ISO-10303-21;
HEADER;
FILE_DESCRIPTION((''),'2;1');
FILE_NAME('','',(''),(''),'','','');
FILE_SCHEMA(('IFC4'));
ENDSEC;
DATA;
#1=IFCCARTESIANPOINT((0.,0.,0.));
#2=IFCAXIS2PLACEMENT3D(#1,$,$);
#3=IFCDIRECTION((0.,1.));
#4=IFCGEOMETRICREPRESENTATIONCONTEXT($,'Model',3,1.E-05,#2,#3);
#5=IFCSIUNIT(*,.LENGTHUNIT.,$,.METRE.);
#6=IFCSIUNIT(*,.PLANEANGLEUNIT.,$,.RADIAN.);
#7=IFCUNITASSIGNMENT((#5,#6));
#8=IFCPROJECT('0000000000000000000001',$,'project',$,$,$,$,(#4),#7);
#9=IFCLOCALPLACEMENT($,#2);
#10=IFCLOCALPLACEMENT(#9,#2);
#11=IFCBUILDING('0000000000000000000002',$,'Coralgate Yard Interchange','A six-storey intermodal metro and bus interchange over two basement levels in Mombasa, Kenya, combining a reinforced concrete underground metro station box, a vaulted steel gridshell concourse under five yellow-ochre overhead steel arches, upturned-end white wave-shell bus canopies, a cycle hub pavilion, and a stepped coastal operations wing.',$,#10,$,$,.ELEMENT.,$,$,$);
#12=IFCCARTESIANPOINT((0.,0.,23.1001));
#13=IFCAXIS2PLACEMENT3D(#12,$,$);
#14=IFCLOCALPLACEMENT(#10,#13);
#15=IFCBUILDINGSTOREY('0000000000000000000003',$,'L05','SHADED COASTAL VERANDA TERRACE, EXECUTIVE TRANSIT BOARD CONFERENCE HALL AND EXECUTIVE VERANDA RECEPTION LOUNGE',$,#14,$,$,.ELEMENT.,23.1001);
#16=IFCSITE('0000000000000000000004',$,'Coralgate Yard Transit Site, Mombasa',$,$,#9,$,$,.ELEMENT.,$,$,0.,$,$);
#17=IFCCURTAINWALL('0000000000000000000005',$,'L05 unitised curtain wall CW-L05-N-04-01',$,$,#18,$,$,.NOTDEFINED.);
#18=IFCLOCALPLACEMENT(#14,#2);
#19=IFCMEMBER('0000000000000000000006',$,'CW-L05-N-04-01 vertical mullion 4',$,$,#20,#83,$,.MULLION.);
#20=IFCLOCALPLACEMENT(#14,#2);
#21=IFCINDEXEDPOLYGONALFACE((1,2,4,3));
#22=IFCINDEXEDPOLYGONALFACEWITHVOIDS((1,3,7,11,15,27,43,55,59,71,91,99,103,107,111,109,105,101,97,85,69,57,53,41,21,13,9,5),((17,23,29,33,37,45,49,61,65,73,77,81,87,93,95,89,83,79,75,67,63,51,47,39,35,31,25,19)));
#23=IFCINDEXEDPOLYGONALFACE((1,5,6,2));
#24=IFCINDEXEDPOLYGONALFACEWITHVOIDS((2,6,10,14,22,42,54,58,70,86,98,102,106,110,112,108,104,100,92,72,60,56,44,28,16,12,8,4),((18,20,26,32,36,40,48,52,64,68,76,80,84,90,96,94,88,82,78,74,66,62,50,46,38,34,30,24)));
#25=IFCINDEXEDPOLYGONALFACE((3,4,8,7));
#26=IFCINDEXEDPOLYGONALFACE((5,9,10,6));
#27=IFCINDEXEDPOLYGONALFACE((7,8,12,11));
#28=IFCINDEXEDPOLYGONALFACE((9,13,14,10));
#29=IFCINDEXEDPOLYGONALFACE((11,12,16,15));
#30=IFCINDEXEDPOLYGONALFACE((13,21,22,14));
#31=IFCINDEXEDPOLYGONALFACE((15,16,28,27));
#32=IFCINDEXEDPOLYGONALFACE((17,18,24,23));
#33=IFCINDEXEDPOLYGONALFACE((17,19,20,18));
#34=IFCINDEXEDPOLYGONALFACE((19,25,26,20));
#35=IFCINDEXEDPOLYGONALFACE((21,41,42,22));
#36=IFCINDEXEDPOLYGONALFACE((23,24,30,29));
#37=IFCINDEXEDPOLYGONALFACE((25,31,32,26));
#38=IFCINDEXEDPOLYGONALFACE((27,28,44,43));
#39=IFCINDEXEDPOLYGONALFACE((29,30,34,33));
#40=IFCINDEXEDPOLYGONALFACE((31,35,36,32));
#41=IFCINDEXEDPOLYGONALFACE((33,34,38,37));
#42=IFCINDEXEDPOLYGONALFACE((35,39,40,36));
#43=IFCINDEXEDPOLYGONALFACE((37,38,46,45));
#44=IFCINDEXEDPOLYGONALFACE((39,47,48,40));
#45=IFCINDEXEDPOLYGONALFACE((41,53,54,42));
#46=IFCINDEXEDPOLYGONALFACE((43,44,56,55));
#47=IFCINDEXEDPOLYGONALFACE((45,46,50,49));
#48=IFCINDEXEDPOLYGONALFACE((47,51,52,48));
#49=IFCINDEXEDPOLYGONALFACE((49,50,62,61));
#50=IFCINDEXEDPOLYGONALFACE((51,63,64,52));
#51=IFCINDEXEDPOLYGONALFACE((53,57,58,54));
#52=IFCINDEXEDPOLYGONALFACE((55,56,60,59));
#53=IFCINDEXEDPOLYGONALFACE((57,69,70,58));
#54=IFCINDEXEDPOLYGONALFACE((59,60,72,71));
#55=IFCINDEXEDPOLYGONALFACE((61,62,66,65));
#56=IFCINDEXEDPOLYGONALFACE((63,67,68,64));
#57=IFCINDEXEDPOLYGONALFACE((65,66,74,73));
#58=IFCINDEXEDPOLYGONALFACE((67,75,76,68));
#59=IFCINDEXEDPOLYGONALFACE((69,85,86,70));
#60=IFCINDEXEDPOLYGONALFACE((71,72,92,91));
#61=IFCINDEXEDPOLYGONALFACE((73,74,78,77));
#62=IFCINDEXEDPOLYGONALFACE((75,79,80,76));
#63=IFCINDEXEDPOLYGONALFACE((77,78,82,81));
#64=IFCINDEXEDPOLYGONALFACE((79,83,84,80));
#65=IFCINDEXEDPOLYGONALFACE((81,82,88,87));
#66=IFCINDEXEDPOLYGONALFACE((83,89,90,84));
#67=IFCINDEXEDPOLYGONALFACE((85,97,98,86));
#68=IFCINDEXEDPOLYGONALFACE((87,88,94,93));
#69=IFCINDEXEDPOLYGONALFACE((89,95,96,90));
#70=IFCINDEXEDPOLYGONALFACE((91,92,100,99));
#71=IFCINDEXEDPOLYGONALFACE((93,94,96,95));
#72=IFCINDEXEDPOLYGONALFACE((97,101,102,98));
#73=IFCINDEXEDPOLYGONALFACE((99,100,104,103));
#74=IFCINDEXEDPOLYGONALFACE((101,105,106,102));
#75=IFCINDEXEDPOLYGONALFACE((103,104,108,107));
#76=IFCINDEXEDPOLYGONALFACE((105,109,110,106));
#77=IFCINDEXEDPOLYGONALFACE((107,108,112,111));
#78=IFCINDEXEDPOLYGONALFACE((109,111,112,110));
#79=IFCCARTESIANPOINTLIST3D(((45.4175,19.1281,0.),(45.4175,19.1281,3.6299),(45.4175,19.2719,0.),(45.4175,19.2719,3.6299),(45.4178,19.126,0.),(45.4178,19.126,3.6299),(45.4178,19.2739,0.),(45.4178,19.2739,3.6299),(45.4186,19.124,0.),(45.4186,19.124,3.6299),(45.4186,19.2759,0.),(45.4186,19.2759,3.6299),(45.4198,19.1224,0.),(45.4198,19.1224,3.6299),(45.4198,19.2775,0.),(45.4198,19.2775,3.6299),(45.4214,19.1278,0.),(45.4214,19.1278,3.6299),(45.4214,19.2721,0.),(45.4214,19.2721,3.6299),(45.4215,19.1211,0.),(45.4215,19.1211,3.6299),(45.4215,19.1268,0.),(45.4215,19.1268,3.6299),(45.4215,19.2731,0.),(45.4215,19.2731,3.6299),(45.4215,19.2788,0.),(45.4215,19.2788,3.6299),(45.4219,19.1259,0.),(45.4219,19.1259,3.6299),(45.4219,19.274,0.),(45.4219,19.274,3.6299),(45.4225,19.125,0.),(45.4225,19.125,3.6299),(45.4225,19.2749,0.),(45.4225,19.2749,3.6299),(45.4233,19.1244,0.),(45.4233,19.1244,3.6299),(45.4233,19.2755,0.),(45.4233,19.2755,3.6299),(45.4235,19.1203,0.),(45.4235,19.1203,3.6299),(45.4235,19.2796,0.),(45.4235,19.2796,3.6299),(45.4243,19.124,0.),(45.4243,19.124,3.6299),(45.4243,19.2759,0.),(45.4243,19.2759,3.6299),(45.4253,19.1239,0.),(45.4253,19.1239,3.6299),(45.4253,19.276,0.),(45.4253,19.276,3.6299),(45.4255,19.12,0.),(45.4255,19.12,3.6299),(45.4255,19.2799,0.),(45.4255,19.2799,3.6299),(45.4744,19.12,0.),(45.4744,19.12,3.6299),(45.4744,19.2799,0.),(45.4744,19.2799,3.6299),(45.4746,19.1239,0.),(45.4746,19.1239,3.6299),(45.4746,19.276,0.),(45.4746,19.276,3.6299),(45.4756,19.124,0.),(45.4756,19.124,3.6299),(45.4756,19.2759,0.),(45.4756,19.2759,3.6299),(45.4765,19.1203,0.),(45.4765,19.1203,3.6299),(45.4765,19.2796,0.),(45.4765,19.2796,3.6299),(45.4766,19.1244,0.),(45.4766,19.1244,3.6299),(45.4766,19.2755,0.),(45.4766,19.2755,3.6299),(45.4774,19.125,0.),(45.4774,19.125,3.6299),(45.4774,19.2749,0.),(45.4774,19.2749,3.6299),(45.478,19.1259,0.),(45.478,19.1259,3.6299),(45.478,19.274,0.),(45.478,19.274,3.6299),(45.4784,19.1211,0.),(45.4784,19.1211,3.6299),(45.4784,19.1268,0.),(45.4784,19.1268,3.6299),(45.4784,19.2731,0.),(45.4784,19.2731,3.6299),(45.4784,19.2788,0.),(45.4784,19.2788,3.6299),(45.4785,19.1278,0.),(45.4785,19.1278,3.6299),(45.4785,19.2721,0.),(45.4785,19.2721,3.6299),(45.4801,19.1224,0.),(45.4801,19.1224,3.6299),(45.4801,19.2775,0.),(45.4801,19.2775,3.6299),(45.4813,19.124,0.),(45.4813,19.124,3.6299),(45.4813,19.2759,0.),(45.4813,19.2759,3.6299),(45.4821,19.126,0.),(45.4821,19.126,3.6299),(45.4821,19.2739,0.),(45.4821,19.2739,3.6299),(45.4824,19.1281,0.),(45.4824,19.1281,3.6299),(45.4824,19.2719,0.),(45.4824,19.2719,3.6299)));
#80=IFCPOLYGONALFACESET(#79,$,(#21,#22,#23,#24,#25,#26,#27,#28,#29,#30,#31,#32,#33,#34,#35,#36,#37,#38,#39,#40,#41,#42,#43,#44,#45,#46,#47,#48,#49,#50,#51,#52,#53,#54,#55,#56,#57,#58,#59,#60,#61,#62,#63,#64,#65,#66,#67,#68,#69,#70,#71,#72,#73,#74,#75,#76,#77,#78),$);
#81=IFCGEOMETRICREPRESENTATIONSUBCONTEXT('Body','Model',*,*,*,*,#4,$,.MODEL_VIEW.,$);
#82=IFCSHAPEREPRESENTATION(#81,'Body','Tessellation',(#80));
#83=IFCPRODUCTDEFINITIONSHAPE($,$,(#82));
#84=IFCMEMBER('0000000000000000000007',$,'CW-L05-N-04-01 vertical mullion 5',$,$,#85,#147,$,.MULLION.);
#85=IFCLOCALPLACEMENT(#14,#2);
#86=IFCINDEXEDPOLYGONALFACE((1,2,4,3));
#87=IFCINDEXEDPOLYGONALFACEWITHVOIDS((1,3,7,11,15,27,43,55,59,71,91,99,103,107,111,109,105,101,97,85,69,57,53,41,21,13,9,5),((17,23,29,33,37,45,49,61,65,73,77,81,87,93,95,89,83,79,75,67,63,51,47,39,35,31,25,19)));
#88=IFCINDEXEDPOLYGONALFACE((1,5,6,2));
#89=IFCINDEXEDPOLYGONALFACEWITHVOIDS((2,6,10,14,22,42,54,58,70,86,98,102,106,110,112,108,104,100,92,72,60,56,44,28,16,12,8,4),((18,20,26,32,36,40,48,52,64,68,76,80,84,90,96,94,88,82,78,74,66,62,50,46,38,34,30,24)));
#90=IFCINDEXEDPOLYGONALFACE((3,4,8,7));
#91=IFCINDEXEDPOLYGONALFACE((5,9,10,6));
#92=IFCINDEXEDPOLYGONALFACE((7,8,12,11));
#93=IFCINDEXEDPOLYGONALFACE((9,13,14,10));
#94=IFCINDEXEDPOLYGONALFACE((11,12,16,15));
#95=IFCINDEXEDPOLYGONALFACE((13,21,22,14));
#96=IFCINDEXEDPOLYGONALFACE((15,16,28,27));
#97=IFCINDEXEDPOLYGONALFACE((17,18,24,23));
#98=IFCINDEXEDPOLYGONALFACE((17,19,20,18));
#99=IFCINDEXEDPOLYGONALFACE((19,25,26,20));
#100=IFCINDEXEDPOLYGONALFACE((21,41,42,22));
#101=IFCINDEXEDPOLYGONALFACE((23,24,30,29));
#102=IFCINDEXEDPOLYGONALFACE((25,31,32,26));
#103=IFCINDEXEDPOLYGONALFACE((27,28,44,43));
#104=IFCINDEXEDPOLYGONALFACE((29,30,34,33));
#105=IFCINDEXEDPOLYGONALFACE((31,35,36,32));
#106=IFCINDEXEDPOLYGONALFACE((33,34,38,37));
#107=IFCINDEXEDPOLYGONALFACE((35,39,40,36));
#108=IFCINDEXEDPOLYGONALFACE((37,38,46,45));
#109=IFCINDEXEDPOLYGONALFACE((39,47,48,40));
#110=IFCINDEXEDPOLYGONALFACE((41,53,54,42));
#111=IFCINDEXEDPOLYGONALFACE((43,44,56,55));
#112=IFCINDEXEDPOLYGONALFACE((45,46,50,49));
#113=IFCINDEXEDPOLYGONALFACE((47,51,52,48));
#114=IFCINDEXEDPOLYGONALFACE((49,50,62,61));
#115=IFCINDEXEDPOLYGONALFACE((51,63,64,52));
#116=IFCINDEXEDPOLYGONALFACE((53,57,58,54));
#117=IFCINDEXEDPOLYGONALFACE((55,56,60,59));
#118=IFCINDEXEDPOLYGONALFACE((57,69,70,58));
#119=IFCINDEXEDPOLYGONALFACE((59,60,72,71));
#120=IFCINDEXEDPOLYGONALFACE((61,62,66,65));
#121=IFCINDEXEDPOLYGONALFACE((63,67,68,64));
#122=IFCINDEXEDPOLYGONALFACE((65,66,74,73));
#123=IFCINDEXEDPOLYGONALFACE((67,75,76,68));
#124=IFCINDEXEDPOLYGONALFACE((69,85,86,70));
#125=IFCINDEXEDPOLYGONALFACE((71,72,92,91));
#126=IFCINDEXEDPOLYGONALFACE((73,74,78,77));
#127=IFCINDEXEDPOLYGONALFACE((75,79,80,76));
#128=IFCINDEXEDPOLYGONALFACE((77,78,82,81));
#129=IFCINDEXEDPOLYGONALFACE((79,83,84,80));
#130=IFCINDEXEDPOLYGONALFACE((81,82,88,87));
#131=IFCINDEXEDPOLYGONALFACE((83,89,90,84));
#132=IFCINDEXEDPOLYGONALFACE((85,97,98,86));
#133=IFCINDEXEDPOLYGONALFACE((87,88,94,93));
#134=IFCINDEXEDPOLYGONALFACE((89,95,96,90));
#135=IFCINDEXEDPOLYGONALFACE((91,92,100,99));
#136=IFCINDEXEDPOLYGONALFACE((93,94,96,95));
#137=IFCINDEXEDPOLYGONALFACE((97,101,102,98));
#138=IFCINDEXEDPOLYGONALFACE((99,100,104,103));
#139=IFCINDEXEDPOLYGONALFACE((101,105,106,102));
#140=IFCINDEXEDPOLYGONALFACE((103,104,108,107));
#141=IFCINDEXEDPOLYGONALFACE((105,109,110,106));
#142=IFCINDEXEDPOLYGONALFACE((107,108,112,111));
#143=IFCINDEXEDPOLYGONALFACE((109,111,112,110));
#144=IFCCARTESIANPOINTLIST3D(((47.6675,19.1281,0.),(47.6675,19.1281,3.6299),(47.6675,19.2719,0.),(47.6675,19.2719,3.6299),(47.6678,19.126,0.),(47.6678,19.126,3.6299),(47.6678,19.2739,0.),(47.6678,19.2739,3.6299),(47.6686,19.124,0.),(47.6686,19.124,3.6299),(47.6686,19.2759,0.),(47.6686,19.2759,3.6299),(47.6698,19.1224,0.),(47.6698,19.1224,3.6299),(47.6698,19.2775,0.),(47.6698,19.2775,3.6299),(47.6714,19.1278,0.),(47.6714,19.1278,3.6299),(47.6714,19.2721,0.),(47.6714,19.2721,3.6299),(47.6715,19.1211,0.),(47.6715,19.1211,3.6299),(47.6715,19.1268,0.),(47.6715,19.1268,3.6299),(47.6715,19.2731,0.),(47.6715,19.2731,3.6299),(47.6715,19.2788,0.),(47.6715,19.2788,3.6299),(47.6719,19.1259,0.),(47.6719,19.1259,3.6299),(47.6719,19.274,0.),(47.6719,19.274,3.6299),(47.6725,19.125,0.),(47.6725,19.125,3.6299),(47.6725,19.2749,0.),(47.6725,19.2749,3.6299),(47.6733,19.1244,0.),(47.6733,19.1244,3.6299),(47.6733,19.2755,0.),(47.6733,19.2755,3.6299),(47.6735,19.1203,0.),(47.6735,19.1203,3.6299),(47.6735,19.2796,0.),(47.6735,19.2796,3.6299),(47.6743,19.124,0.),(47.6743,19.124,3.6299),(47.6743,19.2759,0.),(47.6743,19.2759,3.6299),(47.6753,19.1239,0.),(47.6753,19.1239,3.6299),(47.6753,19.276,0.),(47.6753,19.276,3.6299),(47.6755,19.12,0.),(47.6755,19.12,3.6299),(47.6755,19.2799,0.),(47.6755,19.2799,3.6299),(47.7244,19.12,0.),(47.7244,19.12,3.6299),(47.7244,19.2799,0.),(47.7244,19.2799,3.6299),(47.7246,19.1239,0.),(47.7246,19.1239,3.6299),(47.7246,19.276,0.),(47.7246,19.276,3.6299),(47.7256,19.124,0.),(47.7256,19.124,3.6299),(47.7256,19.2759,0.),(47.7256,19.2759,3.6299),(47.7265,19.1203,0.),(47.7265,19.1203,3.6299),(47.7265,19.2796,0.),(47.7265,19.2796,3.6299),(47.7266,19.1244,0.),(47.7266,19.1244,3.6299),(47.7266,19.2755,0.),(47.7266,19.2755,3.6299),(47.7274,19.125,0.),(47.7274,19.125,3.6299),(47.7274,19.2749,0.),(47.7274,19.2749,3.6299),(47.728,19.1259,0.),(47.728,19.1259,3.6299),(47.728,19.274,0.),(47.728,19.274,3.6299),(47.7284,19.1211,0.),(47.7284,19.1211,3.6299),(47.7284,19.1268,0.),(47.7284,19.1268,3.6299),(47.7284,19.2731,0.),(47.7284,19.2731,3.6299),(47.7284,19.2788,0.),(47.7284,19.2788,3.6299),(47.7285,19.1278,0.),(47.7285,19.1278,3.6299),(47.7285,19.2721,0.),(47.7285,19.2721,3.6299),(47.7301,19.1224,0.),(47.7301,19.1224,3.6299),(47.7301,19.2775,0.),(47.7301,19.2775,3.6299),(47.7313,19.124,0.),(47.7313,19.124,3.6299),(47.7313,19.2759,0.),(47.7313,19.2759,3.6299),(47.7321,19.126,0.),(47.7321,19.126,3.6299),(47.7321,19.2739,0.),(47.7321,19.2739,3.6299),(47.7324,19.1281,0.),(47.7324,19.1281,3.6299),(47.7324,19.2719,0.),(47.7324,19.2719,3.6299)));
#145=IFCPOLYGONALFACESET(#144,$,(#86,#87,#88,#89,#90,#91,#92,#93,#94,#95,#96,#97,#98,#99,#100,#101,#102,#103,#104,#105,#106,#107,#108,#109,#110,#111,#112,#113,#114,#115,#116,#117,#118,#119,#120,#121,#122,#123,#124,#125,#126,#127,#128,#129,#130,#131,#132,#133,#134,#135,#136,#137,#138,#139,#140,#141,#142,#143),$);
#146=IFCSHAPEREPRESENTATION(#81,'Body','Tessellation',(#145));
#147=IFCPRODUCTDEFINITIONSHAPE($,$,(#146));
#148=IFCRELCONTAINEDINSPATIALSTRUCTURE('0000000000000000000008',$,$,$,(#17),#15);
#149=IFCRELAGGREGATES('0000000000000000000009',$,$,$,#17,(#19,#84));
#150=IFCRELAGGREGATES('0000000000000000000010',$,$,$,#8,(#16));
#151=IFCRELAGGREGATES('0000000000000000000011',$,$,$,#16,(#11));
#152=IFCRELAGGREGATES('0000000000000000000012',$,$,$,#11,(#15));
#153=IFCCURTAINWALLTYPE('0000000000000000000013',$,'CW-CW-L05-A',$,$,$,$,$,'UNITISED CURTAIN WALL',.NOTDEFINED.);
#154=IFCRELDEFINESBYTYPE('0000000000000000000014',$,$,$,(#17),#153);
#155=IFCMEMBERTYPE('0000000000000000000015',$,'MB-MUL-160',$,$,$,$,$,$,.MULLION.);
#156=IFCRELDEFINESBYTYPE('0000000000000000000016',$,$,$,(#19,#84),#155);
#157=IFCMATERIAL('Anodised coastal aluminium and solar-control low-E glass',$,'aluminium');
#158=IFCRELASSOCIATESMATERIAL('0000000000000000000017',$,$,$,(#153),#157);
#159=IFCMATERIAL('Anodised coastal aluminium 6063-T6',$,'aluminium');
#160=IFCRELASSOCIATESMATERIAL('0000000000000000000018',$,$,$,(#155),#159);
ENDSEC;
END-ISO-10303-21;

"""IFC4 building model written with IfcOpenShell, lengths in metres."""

from ifc_helpers import new_model, si_unit, direction, frame, origin, origin_2d, place, context, subcontext, project, spatial, hollow_rectangle, extrude, material, material_profile, profile_set, type_object, element, aggregate, save


model = new_model("IFC4")

# Units and contexts
model_context = context("Model", 3, precision=1e-05, world=origin(), true_north=direction((0.0, 1.0)))
body_context = subcontext(model_context, "Body", "Model", "MODEL_VIEW")
ifc_project = project(units=[si_unit("LENGTHUNIT", "METRE"), si_unit("PLANEANGLEUNIT", "RADIAN")], contexts=[model_context])

# Site, building, storey
site_placement = place(None, origin())
site = spatial("IfcSite", under=ifc_project, at=site_placement, Name="Coralgate Yard Transit Site, Mombasa", CompositionType="ELEMENT", RefElevation=0.0)
building_placement = place(site_placement, origin())
building = spatial("IfcBuilding", under=site, at=building_placement, Name="Coralgate Yard Interchange", Description="A six-storey intermodal metro and bus interchange over two basement levels in Mombasa, Kenya, combining a reinforced concrete underground metro station box, a vaulted steel gridshell concourse under five yellow-ochre overhead steel arches, upturned-end white wave-shell bus canopies, a cycle hub pavilion, and a stepped coastal operations wing.", CompositionType="ELEMENT")
storey_placement = place(building_placement, frame((0.0, 0.0, 23.1001)))
storey = spatial("IfcBuildingStorey", under=building, at=storey_placement, Name="L05", Description="SHADED COASTAL VERANDA TERRACE, EXECUTIVE TRANSIT BOARD CONFERENCE HALL AND EXECUTIVE VERANDA RECEPTION LOUNGE", CompositionType="ELEMENT", Elevation=23.1001)

# Curtain wall, members
ifc_material_1 = material(Name="Anodised coastal aluminium and solar-control low-E glass", Category="aluminium")
curtain_wall_type = type_object("IfcCurtainWallType", Name="CW-CW-L05-A", ElementType="UNITISED CURTAIN WALL", PredefinedType="NOTDEFINED", material=ifc_material_1)
curtain_wall_placement = place(storey_placement, origin())
curtain_wall = element("IfcCurtainWall", 1, at=curtain_wall_placement, inside=storey, type_object=curtain_wall_type, Name="L05 unitised curtain wall CW-L05-N-04-01", PredefinedType="NOTDEFINED")
ifc_material_2 = material(Name="Anodised coastal aluminium 6063-T6", Category="aluminium")
ifc_material_profile_1 = material_profile(ifc_material_2, hollow_rectangle(XDim=0.0649, YDim=0.1599, WallThickness=0.0039, InnerFilletRadius=0.0039, OuterFilletRadius=0.0081, at=origin_2d()), Name="ALU 65x160x4")
ifc_profile_set_1 = profile_set([ifc_material_profile_1], Name="Anodised coastal aluminium 6063-T6")
member_type_1 = type_object("IfcMemberType", Name="MB-MUL-160", PredefinedType="MULLION", material=ifc_profile_set_1)
member_1_placement = place(storey_placement, frame((45.45, 19.2, 0.0), z_axis=(0.0, 0.0, 1.0), x_axis=(1.0, 0.0, 0.0)))
member_1 = element("IfcMember", 2, at=member_1_placement, type_object=member_type_1, Name="CW-L05-N-04-01 vertical mullion 4", PredefinedType="MULLION", context=body_context, shape_type="SweptSolid", body=[
    extrude(hollow_rectangle(XDim=0.0649, YDim=0.1599, WallThickness=0.0039, InnerFilletRadius=0.0039, OuterFilletRadius=0.0081, at=origin_2d()), origin(), (0.0, 0.0, 1.0), 3.6299),
])
member_2_placement = place(storey_placement, frame((47.7, 19.2, 0.0), z_axis=(0.0, 0.0, 1.0), x_axis=(1.0, 0.0, 0.0)))
member_2 = element("IfcMember", 3, at=member_2_placement, type_object=member_type_1, Name="CW-L05-N-04-01 vertical mullion 5", PredefinedType="MULLION", context=body_context, shape_type="SweptSolid", body=[
    extrude(hollow_rectangle(XDim=0.0649, YDim=0.1599, WallThickness=0.0039, InnerFilletRadius=0.0039, OuterFilletRadius=0.0081, at=origin_2d()), origin(), (0.0, 0.0, 1.0), 3.6299),
])
aggregate(curtain_wall, [member_1, member_2])

save(model, "model.ifc")
